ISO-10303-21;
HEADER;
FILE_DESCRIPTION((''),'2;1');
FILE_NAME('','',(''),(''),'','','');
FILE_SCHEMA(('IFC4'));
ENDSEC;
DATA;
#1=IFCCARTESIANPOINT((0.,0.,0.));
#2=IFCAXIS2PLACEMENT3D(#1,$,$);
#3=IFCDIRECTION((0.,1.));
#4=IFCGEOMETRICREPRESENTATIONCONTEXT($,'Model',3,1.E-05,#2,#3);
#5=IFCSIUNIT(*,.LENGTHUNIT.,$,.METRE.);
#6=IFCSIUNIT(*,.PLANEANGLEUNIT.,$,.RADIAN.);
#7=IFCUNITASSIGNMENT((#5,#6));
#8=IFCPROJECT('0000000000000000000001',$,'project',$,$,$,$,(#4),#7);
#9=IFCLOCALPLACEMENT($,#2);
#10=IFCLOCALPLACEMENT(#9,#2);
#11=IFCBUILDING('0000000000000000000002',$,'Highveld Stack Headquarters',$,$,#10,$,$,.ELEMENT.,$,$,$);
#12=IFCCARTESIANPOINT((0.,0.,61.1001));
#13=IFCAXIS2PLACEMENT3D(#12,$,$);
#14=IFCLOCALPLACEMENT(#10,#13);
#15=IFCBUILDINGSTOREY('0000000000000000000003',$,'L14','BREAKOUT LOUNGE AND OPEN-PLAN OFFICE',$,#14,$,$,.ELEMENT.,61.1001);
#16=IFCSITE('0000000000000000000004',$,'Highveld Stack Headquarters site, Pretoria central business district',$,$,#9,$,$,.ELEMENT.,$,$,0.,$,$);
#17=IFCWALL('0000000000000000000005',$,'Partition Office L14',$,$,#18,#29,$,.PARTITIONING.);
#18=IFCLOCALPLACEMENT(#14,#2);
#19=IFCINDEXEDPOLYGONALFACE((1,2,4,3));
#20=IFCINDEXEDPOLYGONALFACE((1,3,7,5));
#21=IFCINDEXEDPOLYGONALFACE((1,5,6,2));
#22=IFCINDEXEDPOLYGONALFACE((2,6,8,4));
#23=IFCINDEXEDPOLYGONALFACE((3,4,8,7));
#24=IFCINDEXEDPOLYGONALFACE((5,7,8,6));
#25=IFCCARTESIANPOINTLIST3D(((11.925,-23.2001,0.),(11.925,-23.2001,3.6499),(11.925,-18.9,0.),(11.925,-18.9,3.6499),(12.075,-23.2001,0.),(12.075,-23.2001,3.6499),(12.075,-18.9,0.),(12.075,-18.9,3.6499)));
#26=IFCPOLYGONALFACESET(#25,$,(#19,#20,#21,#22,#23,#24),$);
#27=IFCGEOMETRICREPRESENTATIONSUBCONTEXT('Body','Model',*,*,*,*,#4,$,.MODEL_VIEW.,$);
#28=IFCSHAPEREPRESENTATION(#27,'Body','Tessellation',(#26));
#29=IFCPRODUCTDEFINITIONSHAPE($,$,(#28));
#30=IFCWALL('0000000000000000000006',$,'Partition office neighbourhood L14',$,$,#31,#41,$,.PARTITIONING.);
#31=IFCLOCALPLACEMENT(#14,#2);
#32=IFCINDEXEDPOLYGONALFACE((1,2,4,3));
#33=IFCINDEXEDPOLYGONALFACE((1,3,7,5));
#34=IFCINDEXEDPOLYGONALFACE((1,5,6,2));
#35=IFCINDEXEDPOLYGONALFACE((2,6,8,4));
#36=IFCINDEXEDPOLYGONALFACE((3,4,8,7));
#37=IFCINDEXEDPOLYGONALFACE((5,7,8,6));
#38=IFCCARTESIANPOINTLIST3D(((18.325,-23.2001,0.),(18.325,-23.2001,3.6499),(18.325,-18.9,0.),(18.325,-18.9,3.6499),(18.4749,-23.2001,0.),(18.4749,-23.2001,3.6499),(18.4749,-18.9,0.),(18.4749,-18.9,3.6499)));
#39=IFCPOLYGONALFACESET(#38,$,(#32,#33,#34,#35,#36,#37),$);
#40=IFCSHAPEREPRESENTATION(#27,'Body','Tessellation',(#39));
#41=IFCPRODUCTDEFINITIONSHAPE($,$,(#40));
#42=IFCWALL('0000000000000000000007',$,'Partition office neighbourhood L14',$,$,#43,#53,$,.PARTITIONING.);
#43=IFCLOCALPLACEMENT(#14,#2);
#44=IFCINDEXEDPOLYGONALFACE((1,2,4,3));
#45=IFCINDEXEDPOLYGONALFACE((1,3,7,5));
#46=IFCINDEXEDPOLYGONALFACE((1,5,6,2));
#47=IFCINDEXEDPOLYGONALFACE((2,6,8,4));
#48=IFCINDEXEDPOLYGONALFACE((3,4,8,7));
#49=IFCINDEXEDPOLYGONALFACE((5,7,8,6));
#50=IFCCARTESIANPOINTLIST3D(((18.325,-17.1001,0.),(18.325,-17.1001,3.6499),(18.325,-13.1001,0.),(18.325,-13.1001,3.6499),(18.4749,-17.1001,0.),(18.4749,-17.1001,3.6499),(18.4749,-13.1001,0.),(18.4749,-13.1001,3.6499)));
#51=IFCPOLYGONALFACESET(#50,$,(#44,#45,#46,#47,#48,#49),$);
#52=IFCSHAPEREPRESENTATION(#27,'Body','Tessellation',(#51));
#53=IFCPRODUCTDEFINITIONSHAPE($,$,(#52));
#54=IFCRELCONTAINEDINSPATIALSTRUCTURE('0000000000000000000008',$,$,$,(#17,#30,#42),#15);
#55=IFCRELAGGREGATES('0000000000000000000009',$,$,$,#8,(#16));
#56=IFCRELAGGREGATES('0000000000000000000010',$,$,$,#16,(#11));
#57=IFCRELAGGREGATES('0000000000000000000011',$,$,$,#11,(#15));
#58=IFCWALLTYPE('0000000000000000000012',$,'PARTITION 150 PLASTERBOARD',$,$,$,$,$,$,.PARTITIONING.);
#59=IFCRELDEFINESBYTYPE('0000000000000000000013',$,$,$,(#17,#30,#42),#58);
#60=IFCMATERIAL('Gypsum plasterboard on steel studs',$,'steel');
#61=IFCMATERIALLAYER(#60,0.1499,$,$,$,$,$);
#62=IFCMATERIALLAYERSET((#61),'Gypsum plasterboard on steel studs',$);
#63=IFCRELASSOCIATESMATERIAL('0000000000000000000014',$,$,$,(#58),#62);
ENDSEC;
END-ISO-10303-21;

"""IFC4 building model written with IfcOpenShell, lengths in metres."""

from ifc_helpers import new_model, si_unit, direction, frame, frame_2d, origin, place, context, subcontext, project, spatial, rectangle, extrude, material, layer, layer_set, type_object, element, save


model = new_model("IFC4")

# Units and contexts
model_context = context("Model", 3, precision=1e-05, world=origin(), true_north=direction((0.0, 1.0)))
body_context = subcontext(model_context, "Body", "Model", "MODEL_VIEW")
ifc_project = project(units=[si_unit("LENGTHUNIT", "METRE"), si_unit("PLANEANGLEUNIT", "RADIAN")], contexts=[model_context])

# Site, building, storey
site_placement = place(None, origin())
site = spatial("IfcSite", under=ifc_project, at=site_placement, Name="Highveld Stack Headquarters site, Pretoria central business district", CompositionType="ELEMENT", RefElevation=0.0)
building_placement = place(site_placement, origin())
building = spatial("IfcBuilding", under=site, at=building_placement, Name="Highveld Stack Headquarters", CompositionType="ELEMENT")
storey_placement = place(building_placement, frame((0.0, 0.0, 61.1001)))
storey = spatial("IfcBuildingStorey", under=building, at=storey_placement, Name="L14", Description="BREAKOUT LOUNGE AND OPEN-PLAN OFFICE", CompositionType="ELEMENT", Elevation=61.1001)

# Shared definitions
ifc_material_1 = material(Name="Gypsum plasterboard on steel studs", Category="steel")
ifc_layer = layer(ifc_material_1, 0.1499)
ifc_layer_set = layer_set([ifc_layer], Name="Gypsum plasterboard on steel studs")
wall_type = type_object("IfcWallType", Name="PARTITION 150 PLASTERBOARD", PredefinedType="PARTITIONING", material=ifc_layer_set)

# Walls
for number, where, z_axis, x_axis, name in (
    (1, (12.0, -23.2, 0.0), (0.0, 0.0, 1.0), (0.0, 1.0, 0.0), "Partition Office L14"),
    (2, (18.3999, -23.2, 0.0), (0.0, 0.0, 1.0), (0.0, 1.0, 0.0), "Partition office neighbourhood L14"),
):
    element("IfcWall", number, at=place(storey_placement, frame(where, z_axis=z_axis, x_axis=x_axis)), inside=storey, type_object=wall_type, Name=name, PredefinedType="PARTITIONING", context=body_context, shape_type="SweptSolid", body=[
        extrude(rectangle(XDim=4.3, YDim=0.1499, at=frame_2d((2.1499, 0.0))), origin(), (0.0, 0.0, 1.0), 3.6499),
    ])
wall_1_placement = place(storey_placement, frame((18.3999, -17.1001, 0.0), z_axis=(0.0, 0.0, 1.0), x_axis=(0.0, 1.0, 0.0)))
element("IfcWall", 3, at=wall_1_placement, inside=storey, type_object=wall_type, Name="Partition office neighbourhood L14", PredefinedType="PARTITIONING", context=body_context, shape_type="SweptSolid", body=[
    extrude(rectangle(XDim=4.0, YDim=0.1499, at=frame_2d((2.0, 0.0))), origin(), (0.0, 0.0, 1.0), 3.6499),
])

save(model, "model.ifc")
